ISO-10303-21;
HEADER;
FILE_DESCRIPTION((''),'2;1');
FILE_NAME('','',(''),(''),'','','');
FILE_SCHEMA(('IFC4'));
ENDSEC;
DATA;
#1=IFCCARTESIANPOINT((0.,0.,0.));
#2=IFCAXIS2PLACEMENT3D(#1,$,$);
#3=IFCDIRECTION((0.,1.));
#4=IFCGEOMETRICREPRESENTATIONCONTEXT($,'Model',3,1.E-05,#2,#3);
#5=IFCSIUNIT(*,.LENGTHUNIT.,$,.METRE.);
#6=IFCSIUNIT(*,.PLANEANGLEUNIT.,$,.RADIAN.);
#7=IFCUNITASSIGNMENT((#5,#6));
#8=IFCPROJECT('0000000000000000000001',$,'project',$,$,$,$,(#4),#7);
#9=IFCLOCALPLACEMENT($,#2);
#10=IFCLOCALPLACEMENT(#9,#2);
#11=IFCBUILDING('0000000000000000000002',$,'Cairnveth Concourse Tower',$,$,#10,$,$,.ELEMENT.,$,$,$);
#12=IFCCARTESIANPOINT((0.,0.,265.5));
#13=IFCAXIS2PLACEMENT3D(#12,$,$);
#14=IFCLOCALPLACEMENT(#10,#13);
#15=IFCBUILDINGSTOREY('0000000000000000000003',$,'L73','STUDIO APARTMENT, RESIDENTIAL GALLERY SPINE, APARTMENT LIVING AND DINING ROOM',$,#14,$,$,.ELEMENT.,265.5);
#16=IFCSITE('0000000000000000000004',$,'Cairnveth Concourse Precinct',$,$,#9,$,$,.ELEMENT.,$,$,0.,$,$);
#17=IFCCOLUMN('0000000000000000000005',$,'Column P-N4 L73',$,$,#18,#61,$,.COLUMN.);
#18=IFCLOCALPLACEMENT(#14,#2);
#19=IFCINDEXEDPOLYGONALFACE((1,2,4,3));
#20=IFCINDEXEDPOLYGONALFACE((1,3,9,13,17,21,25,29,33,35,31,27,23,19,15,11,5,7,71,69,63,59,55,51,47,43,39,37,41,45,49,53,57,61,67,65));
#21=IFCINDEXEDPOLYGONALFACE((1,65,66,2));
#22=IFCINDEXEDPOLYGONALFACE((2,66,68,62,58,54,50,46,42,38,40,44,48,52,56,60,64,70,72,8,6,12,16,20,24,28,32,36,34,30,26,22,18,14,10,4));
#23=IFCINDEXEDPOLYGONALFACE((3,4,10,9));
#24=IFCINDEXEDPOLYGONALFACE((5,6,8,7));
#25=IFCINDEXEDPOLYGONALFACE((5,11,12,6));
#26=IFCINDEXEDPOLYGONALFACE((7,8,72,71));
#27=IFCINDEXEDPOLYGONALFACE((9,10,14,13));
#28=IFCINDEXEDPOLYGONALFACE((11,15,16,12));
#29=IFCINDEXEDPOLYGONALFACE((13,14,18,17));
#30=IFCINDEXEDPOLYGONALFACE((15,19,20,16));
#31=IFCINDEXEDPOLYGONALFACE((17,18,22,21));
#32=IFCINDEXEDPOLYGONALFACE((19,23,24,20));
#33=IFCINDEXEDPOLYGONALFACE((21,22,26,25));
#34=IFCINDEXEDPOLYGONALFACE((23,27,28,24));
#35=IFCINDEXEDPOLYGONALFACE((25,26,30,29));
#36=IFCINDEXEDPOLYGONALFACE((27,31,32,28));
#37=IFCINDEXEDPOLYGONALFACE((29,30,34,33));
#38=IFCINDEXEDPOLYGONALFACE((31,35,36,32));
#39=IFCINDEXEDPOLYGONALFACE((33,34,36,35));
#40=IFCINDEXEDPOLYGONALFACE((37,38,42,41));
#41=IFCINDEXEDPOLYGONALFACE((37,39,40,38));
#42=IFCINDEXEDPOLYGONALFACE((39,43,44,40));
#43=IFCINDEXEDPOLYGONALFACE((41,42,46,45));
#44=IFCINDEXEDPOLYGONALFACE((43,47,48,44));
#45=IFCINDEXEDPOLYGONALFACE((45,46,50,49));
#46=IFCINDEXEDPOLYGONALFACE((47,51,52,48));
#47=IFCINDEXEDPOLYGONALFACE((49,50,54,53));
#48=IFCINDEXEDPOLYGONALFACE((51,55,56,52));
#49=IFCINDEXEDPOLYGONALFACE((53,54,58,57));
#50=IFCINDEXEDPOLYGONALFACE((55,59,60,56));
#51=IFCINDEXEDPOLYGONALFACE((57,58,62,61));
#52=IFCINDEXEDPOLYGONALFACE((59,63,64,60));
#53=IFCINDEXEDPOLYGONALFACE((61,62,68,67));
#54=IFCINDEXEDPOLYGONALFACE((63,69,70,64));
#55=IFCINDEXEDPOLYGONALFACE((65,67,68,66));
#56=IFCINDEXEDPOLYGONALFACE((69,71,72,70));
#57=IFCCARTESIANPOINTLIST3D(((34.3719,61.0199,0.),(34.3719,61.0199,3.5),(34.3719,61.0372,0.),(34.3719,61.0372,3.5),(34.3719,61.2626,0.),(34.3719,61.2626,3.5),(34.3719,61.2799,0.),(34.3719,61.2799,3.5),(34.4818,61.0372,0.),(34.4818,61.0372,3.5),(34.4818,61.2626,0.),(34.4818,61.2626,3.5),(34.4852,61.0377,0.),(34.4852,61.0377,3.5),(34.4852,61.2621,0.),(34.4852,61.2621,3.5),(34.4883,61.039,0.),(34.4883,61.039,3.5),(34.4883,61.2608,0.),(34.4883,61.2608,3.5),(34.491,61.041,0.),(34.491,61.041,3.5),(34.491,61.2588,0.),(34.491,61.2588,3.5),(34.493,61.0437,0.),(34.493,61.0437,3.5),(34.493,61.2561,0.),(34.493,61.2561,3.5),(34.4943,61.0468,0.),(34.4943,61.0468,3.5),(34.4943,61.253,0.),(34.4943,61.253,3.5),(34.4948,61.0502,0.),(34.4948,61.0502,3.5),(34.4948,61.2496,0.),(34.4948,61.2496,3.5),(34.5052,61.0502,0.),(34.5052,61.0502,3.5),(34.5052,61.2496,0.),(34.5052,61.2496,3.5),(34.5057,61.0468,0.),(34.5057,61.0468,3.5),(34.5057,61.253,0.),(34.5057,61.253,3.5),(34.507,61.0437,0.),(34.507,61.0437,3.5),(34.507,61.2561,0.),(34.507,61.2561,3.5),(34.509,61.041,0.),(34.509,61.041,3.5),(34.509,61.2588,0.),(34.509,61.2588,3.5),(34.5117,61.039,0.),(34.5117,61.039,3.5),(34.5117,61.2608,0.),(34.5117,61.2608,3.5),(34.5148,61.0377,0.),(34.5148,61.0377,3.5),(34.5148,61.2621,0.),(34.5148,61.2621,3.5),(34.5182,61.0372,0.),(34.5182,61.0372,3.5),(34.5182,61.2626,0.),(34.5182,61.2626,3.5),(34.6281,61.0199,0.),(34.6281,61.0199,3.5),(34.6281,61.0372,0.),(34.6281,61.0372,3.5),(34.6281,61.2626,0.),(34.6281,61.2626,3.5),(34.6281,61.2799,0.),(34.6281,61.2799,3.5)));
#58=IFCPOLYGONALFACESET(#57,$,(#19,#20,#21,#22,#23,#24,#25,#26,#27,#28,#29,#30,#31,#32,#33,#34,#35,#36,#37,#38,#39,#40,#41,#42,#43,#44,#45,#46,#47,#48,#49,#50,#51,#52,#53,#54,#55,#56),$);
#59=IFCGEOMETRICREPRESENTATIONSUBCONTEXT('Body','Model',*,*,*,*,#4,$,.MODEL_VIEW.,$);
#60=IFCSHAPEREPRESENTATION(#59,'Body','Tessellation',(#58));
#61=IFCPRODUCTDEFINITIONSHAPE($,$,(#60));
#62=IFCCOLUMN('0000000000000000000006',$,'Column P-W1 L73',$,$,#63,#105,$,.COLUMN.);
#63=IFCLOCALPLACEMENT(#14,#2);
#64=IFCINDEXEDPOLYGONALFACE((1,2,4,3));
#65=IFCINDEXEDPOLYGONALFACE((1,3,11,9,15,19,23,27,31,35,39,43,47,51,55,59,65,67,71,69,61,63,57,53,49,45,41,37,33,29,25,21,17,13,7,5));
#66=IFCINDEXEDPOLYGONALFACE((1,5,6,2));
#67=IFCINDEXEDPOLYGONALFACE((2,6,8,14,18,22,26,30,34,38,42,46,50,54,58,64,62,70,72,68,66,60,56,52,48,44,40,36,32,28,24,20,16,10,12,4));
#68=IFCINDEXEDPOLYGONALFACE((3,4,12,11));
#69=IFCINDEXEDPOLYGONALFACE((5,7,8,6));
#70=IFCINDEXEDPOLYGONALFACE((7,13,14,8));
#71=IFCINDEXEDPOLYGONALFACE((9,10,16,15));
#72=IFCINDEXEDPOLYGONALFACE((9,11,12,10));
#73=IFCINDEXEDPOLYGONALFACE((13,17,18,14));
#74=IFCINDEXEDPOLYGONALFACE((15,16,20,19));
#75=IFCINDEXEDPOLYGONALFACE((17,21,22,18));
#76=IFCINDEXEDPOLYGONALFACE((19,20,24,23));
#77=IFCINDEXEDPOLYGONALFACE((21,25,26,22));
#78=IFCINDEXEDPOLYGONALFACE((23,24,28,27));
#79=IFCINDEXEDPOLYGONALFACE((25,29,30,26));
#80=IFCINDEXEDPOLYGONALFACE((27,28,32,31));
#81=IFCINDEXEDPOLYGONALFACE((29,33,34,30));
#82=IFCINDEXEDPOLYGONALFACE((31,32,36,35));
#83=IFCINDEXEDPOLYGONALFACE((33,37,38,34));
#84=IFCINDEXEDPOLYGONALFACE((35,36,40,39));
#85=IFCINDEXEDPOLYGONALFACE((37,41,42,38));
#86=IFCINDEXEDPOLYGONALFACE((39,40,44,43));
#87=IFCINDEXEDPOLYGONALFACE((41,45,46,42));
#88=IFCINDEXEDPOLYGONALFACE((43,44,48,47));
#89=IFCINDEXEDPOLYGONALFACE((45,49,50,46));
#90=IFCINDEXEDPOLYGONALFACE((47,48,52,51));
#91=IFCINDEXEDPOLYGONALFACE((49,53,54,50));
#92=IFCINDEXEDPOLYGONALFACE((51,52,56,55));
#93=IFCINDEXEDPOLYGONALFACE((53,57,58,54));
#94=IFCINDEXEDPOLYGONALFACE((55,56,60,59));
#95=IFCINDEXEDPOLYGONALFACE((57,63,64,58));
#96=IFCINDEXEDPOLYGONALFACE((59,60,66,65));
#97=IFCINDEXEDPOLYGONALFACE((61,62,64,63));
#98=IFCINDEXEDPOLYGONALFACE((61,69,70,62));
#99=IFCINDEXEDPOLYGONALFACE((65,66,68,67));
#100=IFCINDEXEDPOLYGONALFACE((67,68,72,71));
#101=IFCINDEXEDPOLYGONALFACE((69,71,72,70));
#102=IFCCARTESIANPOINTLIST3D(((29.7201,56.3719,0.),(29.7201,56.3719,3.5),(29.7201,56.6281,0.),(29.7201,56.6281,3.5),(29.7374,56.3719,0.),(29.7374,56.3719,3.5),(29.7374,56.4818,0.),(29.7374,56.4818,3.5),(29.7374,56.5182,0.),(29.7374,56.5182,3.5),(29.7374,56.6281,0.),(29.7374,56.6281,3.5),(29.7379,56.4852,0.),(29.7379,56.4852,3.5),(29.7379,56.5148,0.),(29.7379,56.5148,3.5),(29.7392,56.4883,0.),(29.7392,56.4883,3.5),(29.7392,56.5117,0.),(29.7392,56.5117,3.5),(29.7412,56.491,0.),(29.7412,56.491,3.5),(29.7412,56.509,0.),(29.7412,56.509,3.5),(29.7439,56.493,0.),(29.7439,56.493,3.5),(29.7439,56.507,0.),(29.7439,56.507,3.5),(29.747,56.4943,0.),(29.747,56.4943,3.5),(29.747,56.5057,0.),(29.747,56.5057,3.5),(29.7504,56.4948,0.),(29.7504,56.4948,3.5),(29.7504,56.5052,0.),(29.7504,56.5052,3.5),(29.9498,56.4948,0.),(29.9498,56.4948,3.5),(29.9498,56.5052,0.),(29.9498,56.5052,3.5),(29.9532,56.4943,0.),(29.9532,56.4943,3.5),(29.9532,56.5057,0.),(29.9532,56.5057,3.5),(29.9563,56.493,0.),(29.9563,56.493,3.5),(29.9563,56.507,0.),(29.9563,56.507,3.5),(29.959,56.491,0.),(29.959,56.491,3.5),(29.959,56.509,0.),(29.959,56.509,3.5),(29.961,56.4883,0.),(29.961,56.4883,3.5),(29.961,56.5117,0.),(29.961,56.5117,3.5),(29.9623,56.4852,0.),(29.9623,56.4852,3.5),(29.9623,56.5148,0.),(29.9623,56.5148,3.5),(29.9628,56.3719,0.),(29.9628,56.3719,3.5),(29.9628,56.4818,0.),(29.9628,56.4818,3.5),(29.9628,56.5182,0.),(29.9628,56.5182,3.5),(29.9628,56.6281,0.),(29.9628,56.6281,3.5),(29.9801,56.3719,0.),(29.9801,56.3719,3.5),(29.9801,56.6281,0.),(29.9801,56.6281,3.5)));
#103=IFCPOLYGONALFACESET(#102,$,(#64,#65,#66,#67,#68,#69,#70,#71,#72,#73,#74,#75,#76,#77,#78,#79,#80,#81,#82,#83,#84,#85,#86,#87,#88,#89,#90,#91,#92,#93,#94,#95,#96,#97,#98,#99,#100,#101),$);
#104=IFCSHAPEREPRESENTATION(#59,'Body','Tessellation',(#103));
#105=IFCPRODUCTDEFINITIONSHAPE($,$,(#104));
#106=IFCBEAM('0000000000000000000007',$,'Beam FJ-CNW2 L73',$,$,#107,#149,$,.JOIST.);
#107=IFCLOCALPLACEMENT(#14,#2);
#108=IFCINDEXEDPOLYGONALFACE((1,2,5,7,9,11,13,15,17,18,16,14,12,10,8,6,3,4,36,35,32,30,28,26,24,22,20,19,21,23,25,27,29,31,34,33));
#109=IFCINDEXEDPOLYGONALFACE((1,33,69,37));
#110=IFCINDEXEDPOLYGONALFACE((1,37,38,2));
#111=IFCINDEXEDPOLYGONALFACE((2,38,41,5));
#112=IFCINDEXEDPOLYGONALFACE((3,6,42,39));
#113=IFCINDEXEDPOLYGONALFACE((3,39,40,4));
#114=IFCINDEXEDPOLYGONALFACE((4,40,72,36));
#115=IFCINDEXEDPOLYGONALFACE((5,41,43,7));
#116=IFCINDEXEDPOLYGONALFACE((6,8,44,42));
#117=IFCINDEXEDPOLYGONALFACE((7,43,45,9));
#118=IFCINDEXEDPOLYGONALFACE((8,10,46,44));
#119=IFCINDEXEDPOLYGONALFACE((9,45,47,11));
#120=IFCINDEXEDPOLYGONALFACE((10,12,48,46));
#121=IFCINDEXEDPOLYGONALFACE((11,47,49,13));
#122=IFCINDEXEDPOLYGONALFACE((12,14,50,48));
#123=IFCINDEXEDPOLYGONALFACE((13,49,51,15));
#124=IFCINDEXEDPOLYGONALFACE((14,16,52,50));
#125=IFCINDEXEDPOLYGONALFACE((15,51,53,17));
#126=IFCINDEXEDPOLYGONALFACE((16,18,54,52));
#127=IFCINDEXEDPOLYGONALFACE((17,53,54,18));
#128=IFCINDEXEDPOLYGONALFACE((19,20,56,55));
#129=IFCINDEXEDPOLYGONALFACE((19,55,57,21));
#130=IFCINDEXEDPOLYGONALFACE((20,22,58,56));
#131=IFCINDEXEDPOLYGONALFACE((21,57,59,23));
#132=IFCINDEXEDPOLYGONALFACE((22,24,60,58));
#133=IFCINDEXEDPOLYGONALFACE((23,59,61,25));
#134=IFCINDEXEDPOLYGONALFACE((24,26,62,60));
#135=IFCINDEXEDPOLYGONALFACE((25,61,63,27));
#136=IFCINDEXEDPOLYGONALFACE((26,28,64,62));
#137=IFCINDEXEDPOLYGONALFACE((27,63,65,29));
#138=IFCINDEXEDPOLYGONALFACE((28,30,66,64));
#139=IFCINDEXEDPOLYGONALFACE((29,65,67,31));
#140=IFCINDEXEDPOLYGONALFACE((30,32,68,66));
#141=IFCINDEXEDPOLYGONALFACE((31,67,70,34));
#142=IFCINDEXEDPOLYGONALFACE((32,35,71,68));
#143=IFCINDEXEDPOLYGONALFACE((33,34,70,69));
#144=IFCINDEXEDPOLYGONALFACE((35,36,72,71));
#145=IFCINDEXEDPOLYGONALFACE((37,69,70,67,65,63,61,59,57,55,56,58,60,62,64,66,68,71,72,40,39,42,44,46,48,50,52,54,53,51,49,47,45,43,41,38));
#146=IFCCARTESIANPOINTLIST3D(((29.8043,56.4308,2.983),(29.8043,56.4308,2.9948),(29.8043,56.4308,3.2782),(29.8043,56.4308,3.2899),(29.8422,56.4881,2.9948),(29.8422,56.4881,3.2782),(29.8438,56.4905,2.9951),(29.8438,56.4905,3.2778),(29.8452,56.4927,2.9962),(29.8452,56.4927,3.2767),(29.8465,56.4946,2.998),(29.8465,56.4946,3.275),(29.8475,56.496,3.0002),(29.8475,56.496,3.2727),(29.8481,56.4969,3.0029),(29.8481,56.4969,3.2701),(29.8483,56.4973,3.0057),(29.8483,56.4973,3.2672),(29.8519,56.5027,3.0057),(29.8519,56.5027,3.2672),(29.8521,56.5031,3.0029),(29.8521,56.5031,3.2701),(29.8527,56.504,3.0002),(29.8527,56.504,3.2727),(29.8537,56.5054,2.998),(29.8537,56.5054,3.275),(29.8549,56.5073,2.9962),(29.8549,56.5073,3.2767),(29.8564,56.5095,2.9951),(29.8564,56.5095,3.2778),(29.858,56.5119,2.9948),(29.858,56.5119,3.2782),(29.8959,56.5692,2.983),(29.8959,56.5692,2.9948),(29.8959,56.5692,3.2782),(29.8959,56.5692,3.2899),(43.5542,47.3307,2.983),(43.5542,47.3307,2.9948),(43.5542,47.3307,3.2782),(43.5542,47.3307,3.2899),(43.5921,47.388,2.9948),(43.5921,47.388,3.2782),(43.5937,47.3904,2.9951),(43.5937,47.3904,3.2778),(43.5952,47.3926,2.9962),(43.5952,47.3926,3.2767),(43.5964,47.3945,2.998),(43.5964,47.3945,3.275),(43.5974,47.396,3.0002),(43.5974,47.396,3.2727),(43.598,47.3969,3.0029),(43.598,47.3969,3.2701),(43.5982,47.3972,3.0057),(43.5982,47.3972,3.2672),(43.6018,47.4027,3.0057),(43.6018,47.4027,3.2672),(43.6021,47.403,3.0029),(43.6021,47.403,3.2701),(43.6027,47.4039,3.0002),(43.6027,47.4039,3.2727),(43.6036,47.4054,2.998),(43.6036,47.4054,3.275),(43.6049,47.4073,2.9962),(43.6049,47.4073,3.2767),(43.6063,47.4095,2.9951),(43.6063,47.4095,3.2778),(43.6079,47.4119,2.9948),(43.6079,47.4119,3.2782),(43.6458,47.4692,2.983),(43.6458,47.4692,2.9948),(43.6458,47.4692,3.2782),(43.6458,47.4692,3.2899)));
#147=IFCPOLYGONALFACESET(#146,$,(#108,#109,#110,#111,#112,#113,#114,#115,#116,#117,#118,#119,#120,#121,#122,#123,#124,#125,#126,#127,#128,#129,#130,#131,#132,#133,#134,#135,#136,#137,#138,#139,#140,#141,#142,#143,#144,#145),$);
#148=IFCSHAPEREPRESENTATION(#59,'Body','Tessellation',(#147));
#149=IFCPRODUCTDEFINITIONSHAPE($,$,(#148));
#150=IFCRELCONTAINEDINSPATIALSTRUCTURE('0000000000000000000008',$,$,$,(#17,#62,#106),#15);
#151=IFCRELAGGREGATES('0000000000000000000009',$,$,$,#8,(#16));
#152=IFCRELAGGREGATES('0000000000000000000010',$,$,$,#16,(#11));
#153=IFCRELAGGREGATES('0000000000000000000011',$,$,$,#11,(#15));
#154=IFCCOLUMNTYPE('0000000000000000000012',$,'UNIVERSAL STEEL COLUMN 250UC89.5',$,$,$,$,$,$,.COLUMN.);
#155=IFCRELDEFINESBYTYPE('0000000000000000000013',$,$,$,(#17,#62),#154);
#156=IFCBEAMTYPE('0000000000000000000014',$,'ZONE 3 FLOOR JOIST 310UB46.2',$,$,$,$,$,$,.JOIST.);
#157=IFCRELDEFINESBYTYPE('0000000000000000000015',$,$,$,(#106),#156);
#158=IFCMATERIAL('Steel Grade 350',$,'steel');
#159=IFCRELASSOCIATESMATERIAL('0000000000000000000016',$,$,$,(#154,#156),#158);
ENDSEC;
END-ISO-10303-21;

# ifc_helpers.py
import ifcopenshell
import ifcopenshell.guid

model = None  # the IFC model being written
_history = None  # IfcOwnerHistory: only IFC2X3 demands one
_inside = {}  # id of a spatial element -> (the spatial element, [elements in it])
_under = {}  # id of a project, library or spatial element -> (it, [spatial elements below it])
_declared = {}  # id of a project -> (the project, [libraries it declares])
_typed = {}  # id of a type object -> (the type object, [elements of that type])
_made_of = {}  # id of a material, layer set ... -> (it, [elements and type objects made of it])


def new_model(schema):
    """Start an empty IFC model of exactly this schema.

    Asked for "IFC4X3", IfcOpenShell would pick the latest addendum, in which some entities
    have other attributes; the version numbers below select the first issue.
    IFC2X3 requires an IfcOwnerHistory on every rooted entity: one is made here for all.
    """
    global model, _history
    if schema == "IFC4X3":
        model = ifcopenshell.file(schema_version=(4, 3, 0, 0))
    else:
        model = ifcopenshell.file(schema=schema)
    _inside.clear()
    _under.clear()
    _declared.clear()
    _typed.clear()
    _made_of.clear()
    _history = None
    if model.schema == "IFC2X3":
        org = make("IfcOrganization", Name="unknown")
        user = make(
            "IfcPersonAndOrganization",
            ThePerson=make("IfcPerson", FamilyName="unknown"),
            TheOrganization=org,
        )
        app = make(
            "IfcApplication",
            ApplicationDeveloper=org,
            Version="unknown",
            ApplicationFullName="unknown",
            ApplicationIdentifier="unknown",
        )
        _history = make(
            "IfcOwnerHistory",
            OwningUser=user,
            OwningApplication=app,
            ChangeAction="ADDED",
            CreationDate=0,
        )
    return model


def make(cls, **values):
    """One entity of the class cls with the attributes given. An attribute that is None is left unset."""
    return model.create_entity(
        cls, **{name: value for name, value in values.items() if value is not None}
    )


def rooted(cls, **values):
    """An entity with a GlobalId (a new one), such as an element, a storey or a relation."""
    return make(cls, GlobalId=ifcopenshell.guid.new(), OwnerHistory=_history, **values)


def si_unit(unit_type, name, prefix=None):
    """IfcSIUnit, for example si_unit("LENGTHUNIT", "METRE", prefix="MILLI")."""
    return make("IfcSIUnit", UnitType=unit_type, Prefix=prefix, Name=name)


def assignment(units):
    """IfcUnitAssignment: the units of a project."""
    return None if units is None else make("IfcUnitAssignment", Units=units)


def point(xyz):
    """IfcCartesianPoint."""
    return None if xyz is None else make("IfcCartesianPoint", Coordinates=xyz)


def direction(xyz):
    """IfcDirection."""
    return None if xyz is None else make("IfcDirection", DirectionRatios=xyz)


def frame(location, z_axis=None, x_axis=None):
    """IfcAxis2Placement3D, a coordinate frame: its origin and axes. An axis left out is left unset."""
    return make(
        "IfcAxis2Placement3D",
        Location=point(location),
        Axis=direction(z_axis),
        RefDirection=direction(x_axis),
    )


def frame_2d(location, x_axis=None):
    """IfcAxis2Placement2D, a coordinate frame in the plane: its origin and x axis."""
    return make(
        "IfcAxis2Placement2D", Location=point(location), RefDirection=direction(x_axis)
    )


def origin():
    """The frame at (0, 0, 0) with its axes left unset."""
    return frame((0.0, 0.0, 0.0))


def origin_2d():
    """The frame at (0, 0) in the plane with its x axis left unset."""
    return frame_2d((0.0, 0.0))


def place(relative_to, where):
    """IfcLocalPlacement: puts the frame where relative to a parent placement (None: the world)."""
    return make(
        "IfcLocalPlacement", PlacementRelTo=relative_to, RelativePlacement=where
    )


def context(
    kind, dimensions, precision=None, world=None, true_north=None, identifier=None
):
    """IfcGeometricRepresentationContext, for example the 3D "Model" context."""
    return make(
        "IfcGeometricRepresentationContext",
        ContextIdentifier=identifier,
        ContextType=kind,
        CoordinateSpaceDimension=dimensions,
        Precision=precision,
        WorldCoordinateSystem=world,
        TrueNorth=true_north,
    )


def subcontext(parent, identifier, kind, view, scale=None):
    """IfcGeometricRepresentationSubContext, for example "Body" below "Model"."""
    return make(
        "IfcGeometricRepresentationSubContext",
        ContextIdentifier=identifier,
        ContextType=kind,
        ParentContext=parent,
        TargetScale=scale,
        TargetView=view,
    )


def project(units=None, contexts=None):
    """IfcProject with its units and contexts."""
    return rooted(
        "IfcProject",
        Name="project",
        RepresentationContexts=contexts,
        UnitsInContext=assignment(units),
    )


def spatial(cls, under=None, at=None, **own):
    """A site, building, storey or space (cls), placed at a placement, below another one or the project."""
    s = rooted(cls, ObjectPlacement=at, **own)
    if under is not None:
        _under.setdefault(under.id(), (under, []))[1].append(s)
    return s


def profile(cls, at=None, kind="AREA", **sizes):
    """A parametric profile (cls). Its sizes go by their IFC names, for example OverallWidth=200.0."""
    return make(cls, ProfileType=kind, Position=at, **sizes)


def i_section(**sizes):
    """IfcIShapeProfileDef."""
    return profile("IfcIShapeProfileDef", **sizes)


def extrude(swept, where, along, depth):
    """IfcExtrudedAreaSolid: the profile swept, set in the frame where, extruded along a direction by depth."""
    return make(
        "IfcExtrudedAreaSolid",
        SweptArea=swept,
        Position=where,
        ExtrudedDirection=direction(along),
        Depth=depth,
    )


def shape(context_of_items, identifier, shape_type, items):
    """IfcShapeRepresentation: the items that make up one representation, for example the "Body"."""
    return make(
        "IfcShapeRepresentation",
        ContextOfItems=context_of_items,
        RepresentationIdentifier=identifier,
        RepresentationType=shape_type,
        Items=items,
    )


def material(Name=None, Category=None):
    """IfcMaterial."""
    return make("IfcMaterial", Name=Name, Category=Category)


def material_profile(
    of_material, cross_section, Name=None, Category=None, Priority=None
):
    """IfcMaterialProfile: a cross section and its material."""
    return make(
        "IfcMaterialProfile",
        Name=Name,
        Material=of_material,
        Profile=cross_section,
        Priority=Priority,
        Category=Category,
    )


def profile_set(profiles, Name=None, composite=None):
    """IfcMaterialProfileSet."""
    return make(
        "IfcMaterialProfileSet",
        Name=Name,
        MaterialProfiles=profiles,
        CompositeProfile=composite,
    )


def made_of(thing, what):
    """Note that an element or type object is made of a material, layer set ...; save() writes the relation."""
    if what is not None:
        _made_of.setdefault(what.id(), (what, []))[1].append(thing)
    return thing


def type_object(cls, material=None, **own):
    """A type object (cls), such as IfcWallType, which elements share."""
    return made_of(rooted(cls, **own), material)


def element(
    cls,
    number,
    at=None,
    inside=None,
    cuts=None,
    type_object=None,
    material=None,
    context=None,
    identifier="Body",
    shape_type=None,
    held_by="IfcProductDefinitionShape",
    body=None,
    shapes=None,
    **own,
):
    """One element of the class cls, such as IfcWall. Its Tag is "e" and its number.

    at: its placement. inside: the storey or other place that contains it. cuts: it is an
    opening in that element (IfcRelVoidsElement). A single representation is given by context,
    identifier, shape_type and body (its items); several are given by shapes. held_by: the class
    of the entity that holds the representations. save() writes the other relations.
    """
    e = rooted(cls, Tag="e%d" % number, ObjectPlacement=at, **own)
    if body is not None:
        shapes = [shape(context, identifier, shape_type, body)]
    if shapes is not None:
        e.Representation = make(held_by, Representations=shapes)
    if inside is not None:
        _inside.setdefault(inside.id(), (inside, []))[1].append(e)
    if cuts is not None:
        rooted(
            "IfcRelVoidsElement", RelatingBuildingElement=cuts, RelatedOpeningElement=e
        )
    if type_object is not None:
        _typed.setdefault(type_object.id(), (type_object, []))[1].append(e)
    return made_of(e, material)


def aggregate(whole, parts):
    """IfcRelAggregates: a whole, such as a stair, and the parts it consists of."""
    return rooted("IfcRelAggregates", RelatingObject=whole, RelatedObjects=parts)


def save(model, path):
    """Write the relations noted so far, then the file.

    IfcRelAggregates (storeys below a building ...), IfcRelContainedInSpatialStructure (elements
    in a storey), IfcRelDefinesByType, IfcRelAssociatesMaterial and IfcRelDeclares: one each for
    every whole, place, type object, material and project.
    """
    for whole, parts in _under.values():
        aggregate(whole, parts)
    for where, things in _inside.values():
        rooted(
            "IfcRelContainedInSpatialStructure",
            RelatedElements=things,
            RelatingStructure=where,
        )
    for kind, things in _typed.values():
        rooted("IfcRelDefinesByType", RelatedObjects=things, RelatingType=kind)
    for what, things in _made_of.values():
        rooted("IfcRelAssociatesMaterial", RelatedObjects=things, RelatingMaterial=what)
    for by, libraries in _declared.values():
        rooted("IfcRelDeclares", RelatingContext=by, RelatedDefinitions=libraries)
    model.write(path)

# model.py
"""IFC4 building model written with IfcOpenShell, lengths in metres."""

from ifc_helpers import new_model, si_unit, direction, frame, origin, origin_2d, place, context, subcontext, project, spatial, i_section, extrude, material, material_profile, profile_set, type_object, element, save


model = new_model("IFC4")

# Units and contexts
model_context = context("Model", 3, precision=1e-05, world=origin(), true_north=direction((0.0, 1.0)))
body_context = subcontext(model_context, "Body", "Model", "MODEL_VIEW")
ifc_project = project(units=[si_unit("LENGTHUNIT", "METRE"), si_unit("PLANEANGLEUNIT", "RADIAN")], contexts=[model_context])

# Site, building, storey
site_placement = place(None, origin())
site = spatial("IfcSite", under=ifc_project, at=site_placement, Name="Cairnveth Concourse Precinct", CompositionType="ELEMENT", RefElevation=0.0)
building_placement = place(site_placement, origin())
building = spatial("IfcBuilding", under=site, at=building_placement, Name="Cairnveth Concourse Tower", CompositionType="ELEMENT")
storey_placement = place(building_placement, frame((0.0, 0.0, 265.5)))
storey = spatial("IfcBuildingStorey", under=building, at=storey_placement, Name="L73", Description="STUDIO APARTMENT, RESIDENTIAL GALLERY SPINE, APARTMENT LIVING AND DINING ROOM", CompositionType="ELEMENT", Elevation=265.5)

# Columns
ifc_material_1 = material(Name="Steel Grade 350", Category="steel")
ifc_material_profile_1 = material_profile(ifc_material_1, i_section(OverallWidth=0.2561, OverallDepth=0.26, WebThickness=0.0105, FlangeThickness=0.0173, FilletRadius=0.0129, at=origin_2d()), Name="250UC89.5")
ifc_profile_set_1 = profile_set([ifc_material_profile_1], Name="Steel Grade 350")
column_type = type_object("IfcColumnType", Name="UNIVERSAL STEEL COLUMN 250UC89.5", PredefinedType="COLUMN", material=ifc_profile_set_1)
for number, where, z_axis, x_axis, name in (
    (1, (34.5, 61.1499, 0.0), (0.0, 0.0, 1.0), (1.0, 0.0, 0.0), "Column P-N4 L73"),
    (2, (29.8501, 56.5, 0.0), (0.0, 0.0, 1.0), (0.0, 1.0, 0.0), "Column P-W1 L73"),
):
    element("IfcColumn", number, at=place(storey_placement, frame(where, z_axis=z_axis, x_axis=x_axis)), inside=storey, type_object=column_type, Name=name, PredefinedType="COLUMN", context=body_context, shape_type="SweptSolid", body=[
        extrude(i_section(OverallWidth=0.2561, OverallDepth=0.26, WebThickness=0.0105, FlangeThickness=0.0173, FilletRadius=0.0129, at=origin_2d()), origin(), (0.0, 0.0, 1.0), 3.5),
    ])

# Beam
ifc_material_profile_2 = material_profile(ifc_material_1, i_section(OverallWidth=0.166, OverallDepth=0.3069, WebThickness=0.0066, FlangeThickness=0.0117, FilletRadius=0.011, at=origin_2d()), Name="310UB46.2")
ifc_profile_set_2 = profile_set([ifc_material_profile_2], Name="Steel Grade 350")
beam_type_1 = type_object("IfcBeamType", Name="ZONE 3 FLOOR JOIST 310UB46.2", PredefinedType="JOIST", material=ifc_profile_set_2)
beam_1_placement = place(storey_placement, frame((29.8501, 56.5, 3.1365), z_axis=(0.833909, -0.551902, 0.0), x_axis=(0.551902, 0.833909, 0.0)))
element("IfcBeam", 3, at=beam_1_placement, inside=storey, type_object=beam_type_1, Name="Beam FJ-CNW2 L73", PredefinedType="JOIST", context=body_context, shape_type="SweptSolid", body=[
    extrude(i_section(OverallWidth=0.166, OverallDepth=0.3069, WebThickness=0.0066, FlangeThickness=0.0117, FilletRadius=0.011, at=origin_2d()), origin(), (0.0, 0.0, 1.0), 16.4885),
])

save(model, "model.ifc")
